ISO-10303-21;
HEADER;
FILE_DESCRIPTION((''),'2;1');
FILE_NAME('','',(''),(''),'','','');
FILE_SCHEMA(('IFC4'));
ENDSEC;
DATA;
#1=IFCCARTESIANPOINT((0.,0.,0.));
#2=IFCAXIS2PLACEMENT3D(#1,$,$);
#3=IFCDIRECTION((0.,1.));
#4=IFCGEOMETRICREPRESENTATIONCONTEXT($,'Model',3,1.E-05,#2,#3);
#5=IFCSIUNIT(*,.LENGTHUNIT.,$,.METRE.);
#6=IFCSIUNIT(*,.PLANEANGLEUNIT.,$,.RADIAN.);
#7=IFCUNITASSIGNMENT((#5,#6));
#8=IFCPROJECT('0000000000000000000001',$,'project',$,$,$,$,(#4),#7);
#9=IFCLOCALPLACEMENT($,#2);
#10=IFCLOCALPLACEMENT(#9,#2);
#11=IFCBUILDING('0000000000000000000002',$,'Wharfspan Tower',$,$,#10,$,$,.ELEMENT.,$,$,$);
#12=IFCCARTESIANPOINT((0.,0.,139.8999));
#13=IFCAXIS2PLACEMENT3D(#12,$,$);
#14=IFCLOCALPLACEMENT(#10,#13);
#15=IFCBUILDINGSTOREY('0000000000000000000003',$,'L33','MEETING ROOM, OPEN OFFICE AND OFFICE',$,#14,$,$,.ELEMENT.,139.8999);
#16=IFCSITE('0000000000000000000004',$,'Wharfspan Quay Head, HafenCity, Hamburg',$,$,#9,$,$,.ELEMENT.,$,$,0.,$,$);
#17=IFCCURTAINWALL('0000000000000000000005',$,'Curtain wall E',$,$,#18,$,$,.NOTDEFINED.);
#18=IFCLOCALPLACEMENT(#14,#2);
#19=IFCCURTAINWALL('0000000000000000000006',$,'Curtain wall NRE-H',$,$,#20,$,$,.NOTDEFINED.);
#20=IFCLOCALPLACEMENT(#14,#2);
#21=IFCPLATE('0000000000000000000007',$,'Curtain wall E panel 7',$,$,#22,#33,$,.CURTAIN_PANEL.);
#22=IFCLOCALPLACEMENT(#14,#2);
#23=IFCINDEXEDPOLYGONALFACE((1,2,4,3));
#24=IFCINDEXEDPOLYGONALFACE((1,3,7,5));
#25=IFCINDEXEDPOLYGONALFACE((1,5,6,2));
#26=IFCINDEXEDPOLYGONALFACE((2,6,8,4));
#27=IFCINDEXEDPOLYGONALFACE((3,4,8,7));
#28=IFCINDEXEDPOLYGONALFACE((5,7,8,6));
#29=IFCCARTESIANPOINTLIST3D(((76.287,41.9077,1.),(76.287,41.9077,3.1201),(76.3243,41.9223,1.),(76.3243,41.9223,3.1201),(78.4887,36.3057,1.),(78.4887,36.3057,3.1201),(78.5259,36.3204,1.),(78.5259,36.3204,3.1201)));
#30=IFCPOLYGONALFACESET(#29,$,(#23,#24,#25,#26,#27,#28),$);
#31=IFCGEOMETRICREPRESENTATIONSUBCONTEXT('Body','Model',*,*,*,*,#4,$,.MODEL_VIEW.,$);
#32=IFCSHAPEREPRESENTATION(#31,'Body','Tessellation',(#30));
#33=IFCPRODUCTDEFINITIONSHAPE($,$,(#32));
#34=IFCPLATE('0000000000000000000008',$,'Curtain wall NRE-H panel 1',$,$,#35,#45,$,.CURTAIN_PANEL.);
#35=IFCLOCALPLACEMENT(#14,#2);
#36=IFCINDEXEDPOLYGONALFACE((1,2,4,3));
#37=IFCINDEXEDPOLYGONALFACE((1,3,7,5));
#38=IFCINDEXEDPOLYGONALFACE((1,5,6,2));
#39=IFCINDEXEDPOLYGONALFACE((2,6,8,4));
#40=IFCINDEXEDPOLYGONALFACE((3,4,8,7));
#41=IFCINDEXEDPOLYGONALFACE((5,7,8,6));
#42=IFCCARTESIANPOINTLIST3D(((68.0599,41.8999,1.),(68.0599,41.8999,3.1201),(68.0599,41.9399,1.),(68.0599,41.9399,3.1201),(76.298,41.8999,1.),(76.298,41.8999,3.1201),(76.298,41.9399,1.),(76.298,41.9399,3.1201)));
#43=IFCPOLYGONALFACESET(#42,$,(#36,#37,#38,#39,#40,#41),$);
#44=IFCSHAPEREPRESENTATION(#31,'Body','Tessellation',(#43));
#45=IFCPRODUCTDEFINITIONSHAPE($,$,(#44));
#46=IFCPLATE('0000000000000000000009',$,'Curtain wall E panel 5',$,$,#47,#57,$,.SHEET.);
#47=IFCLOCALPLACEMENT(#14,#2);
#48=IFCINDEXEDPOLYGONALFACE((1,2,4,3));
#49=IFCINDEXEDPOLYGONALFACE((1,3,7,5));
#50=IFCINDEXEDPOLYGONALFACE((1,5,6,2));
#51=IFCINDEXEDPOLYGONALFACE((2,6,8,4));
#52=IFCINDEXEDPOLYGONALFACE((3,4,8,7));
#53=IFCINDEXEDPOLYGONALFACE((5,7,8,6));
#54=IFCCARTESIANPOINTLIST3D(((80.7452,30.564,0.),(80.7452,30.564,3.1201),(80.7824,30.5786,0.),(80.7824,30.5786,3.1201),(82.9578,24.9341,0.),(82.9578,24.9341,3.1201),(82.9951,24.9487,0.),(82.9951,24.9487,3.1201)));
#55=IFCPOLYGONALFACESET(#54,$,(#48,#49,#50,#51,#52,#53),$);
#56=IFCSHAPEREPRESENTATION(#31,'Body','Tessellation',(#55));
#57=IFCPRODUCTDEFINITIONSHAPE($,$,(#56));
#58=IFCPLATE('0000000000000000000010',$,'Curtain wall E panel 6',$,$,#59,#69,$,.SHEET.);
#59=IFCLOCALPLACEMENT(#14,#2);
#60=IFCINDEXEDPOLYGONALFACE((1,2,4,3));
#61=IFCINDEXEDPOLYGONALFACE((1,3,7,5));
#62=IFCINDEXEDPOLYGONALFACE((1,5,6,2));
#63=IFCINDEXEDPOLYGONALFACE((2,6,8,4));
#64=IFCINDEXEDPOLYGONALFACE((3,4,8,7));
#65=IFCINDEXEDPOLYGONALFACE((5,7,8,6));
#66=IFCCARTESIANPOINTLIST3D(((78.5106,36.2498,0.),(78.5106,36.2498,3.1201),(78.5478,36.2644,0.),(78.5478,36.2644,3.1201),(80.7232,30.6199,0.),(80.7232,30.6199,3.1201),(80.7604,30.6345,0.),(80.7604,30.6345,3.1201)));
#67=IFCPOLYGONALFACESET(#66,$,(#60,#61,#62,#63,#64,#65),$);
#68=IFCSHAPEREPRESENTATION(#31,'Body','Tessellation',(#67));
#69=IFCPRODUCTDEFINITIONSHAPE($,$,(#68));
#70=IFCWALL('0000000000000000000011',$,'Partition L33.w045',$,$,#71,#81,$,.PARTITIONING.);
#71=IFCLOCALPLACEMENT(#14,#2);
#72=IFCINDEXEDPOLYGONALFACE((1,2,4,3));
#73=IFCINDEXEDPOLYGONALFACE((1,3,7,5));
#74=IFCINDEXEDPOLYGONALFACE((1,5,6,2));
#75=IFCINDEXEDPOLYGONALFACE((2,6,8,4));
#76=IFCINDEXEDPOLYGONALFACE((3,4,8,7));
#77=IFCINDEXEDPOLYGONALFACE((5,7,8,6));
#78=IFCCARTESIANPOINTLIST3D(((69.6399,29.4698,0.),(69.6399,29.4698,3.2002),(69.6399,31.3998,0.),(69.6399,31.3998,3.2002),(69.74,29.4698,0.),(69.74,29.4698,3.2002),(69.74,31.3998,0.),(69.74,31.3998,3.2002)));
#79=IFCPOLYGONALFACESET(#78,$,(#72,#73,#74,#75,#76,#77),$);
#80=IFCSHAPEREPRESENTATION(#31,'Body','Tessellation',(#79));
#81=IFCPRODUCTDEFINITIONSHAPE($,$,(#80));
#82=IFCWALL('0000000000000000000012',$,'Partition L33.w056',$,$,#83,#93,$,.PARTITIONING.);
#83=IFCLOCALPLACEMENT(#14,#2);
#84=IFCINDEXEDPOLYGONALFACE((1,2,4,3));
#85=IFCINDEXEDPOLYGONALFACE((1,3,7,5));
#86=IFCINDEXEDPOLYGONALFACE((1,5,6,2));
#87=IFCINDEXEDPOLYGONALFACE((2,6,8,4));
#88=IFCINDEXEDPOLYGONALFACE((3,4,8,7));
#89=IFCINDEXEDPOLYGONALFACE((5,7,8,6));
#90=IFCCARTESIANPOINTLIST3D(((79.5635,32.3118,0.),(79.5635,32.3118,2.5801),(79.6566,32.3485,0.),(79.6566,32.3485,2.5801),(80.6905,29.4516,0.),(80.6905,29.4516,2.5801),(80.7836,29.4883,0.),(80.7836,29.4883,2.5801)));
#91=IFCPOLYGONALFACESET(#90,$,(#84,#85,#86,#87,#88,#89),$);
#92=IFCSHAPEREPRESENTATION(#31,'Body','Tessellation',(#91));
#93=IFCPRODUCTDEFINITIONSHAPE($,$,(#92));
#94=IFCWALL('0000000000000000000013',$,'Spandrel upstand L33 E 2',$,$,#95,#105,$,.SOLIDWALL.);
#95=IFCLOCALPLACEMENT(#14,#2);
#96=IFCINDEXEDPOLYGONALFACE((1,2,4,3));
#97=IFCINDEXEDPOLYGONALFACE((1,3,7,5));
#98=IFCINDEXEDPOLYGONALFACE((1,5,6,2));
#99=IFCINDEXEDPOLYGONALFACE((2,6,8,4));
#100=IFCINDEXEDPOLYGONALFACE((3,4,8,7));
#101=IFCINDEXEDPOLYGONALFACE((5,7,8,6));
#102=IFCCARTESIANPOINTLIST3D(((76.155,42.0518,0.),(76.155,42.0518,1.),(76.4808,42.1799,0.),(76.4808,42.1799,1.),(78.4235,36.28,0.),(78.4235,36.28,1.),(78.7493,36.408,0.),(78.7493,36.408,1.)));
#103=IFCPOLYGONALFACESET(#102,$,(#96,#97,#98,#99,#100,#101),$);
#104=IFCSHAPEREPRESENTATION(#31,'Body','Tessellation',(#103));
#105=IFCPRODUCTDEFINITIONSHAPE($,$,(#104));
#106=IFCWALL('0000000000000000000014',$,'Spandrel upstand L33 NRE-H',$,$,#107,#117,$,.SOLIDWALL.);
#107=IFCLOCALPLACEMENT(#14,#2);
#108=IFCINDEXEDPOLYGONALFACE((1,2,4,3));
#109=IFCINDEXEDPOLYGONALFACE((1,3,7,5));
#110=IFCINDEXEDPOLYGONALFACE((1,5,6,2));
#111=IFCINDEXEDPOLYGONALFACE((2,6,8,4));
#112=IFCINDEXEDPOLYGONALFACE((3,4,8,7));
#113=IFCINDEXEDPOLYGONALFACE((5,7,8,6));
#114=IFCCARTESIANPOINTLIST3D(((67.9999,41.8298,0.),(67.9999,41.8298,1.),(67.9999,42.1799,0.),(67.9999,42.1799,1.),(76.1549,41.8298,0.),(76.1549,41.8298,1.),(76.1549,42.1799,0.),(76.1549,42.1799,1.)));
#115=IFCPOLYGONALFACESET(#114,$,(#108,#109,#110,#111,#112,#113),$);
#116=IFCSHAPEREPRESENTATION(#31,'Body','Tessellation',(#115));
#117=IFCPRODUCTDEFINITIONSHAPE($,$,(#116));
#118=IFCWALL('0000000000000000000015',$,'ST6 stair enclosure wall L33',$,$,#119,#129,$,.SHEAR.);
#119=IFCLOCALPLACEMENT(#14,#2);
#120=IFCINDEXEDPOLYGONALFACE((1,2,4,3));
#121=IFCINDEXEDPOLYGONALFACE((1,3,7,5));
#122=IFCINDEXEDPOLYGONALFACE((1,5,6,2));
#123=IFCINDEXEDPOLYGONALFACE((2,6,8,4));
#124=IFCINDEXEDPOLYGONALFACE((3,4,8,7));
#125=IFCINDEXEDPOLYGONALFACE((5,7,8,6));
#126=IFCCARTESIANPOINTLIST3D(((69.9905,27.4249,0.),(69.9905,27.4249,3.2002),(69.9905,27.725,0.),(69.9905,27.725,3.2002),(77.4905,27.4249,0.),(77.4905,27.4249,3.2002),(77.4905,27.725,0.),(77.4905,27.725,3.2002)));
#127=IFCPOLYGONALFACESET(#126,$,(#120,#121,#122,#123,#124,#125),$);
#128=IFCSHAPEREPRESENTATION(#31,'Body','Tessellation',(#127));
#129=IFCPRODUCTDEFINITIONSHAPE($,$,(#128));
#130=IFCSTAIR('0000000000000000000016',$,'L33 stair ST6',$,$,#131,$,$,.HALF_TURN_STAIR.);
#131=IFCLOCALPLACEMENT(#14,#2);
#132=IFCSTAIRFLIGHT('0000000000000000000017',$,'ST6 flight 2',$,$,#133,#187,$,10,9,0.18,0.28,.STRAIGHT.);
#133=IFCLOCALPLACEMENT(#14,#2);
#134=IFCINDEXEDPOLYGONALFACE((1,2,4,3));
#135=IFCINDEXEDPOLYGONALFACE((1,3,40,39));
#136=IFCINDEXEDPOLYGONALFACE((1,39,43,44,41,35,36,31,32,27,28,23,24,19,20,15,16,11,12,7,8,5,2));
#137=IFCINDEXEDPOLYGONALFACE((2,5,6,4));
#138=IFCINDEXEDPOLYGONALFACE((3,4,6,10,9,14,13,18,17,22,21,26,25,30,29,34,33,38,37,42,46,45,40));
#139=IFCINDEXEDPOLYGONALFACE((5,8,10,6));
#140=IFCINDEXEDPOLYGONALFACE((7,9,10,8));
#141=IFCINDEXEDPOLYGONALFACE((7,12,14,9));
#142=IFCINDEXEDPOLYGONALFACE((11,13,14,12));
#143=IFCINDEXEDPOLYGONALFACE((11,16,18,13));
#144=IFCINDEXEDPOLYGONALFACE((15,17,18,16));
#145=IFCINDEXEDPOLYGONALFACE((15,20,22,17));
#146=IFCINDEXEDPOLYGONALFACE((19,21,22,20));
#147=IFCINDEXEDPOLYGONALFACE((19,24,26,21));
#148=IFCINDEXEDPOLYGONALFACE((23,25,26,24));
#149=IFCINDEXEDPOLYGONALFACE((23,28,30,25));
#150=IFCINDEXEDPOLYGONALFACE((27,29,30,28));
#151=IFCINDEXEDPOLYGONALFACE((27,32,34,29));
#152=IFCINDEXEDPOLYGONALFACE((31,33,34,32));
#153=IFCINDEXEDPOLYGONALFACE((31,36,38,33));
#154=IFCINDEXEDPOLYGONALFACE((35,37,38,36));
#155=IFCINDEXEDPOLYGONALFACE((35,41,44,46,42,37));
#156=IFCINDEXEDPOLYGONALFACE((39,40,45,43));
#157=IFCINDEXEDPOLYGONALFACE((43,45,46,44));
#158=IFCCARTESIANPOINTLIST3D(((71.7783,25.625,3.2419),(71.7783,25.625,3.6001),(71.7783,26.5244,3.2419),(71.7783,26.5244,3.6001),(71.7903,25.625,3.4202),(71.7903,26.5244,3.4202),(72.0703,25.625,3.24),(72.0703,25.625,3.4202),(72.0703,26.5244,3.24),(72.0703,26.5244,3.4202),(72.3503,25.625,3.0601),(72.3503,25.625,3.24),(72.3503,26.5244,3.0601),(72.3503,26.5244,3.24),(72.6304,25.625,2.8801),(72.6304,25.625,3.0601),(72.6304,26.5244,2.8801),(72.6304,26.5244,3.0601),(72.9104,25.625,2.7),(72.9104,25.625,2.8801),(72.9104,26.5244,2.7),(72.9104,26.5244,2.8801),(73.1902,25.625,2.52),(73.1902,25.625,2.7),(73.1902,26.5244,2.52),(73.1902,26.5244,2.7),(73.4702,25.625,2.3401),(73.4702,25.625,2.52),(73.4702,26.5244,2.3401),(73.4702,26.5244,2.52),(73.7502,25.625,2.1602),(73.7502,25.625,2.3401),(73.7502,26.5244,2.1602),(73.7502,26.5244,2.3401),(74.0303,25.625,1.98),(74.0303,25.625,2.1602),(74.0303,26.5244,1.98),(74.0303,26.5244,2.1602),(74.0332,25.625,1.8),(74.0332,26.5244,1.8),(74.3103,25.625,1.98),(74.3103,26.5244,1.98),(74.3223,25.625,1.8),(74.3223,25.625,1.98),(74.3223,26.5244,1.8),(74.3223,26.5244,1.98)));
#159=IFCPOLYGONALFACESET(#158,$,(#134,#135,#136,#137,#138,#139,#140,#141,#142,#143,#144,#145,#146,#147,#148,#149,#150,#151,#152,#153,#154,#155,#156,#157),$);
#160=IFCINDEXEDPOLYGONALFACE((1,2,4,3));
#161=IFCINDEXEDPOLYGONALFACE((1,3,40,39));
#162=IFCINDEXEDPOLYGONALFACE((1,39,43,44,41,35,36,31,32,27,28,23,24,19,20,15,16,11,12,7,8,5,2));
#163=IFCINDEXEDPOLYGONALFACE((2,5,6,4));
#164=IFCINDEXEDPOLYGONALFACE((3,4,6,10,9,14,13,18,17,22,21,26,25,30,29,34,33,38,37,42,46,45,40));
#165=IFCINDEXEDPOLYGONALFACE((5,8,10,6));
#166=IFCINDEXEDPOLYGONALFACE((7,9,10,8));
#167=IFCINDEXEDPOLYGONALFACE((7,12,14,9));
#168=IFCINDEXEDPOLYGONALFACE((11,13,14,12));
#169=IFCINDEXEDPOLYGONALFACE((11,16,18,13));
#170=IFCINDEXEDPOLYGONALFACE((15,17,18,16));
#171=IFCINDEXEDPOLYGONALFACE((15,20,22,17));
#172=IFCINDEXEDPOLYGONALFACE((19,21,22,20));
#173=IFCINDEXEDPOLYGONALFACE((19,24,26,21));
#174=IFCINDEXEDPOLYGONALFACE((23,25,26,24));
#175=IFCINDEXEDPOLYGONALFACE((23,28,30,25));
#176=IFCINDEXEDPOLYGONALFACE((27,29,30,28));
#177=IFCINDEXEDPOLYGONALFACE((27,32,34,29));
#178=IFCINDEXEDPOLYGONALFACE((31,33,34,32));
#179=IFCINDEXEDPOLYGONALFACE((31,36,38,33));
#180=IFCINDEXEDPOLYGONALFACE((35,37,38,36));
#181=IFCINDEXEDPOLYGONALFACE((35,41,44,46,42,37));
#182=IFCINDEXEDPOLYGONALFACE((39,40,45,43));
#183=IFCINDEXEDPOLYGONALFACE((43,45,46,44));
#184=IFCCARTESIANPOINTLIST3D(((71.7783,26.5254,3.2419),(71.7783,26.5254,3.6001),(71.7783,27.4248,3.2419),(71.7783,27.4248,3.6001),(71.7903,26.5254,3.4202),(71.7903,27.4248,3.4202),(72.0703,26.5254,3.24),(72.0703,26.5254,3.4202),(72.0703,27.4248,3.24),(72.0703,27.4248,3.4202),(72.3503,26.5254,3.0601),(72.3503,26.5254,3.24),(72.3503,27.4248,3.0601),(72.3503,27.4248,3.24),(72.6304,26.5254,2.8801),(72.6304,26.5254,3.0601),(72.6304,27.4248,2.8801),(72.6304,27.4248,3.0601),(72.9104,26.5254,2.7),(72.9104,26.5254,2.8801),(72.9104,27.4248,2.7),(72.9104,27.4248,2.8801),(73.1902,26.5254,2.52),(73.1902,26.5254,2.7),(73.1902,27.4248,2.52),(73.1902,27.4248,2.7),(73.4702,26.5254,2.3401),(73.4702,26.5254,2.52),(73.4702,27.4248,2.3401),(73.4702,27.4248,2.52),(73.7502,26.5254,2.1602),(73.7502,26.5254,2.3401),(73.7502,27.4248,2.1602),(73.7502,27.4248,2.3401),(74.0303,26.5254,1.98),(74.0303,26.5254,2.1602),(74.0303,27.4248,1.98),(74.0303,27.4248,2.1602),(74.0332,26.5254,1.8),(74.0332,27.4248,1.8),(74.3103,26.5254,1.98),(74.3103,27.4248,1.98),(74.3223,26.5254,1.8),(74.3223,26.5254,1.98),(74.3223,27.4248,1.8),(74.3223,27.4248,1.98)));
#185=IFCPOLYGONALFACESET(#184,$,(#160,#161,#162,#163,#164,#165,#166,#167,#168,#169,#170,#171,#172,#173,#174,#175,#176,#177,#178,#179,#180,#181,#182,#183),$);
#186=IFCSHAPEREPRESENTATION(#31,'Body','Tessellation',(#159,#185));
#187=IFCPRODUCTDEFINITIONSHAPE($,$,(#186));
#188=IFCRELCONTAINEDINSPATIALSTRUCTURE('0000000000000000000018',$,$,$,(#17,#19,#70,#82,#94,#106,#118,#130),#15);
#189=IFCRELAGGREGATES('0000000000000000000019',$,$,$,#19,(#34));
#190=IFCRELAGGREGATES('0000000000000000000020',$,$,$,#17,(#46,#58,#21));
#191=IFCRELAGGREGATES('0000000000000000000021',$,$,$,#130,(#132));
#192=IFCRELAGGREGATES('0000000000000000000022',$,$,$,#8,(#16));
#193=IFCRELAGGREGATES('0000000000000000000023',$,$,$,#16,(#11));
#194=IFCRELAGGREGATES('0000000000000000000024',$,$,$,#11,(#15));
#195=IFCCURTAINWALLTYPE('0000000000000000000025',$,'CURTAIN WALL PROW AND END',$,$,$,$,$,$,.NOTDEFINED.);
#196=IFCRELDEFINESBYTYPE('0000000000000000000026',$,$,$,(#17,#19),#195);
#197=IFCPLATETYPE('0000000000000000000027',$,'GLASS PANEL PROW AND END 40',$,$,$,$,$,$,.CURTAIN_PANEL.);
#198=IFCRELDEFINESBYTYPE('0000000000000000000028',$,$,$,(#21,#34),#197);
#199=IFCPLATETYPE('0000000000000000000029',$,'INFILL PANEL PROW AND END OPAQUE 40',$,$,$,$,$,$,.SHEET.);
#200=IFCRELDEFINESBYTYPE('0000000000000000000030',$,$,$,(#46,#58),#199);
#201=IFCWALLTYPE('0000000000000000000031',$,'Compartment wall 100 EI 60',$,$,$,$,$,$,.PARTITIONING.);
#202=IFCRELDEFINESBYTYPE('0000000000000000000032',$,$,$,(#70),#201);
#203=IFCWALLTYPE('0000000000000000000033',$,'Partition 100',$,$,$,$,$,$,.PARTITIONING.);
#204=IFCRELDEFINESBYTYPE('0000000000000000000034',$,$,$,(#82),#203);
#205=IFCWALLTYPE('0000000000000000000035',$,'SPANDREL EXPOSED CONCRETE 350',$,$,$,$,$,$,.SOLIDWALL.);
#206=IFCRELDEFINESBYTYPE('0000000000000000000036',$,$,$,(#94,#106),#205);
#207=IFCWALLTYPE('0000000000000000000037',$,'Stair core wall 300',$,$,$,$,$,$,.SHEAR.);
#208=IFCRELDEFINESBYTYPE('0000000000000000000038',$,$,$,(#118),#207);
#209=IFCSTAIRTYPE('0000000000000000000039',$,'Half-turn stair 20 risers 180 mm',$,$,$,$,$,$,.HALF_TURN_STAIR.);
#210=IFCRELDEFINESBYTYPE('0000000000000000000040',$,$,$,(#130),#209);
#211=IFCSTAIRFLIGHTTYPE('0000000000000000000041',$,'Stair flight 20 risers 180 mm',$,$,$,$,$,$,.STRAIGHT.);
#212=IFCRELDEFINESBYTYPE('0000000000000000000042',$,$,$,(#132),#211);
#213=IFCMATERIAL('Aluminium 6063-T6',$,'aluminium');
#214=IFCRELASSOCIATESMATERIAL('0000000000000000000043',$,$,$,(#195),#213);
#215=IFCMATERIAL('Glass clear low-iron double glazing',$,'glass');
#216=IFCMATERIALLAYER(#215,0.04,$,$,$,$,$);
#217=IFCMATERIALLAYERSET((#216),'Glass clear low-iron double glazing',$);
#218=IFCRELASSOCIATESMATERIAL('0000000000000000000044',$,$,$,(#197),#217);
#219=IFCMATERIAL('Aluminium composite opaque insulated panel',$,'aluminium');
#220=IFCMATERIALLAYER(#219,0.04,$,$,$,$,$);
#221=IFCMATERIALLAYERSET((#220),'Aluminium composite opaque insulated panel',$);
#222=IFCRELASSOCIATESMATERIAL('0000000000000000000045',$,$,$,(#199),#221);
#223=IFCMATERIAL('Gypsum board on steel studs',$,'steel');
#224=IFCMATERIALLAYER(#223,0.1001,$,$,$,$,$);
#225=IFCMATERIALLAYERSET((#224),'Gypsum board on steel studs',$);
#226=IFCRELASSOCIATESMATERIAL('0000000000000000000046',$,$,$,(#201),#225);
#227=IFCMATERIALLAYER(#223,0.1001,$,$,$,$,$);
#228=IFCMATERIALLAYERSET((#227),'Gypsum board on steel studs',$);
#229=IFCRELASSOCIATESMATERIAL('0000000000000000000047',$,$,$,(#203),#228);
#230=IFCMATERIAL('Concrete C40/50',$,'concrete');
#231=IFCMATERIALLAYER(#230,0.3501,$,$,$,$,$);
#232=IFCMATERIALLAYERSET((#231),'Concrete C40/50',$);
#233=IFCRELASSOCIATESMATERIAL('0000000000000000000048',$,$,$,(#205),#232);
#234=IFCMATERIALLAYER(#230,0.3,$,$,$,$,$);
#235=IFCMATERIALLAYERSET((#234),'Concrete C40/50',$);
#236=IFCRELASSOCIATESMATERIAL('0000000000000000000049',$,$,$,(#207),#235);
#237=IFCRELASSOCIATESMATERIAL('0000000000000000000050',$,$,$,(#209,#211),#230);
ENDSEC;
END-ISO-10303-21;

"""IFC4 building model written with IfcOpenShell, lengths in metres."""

from ifc_helpers import new_model, si_unit, direction, frame, frame_2d, origin, origin_2d, place, context, subcontext, project, spatial, polyline, rectangle, outline, extrude, material, layer, layer_set, type_object, element, aggregate, save


model = new_model("IFC4")

# Units and contexts
model_context = context("Model", 3, precision=1e-05, world=origin(), true_north=direction((0.0, 1.0)))
body_context = subcontext(model_context, "Body", "Model", "MODEL_VIEW")
ifc_project = project(units=[si_unit("LENGTHUNIT", "METRE"), si_unit("PLANEANGLEUNIT", "RADIAN")], contexts=[model_context])

# Site, building, storey
site_placement = place(None, origin())
site = spatial("IfcSite", under=ifc_project, at=site_placement, Name="Wharfspan Quay Head, HafenCity, Hamburg", CompositionType="ELEMENT", RefElevation=0.0)
building_placement = place(site_placement, origin())
building = spatial("IfcBuilding", under=site, at=building_placement, Name="Wharfspan Tower", CompositionType="ELEMENT")
storey_placement = place(building_placement, frame((0.0, 0.0, 139.8999)))
storey = spatial("IfcBuildingStorey", under=building, at=storey_placement, Name="L33", Description="MEETING ROOM, OPEN OFFICE AND OFFICE", CompositionType="ELEMENT", Elevation=139.8999)

# Curtain wall
ifc_material_1 = material(Name="Aluminium 6063-T6", Category="aluminium")
curtain_wall_type = type_object("IfcCurtainWallType", Name="CURTAIN WALL PROW AND END", PredefinedType="NOTDEFINED", material=ifc_material_1)
curtain_wall_1_placement = place(storey_placement, origin())
curtain_wall_1 = element("IfcCurtainWall", 1, at=curtain_wall_1_placement, inside=storey, type_object=curtain_wall_type, Name="Curtain wall E", PredefinedType="NOTDEFINED")

# Curtain wall
curtain_wall_2_placement = place(storey_placement, origin())
curtain_wall_2 = element("IfcCurtainWall", 2, at=curtain_wall_2_placement, inside=storey, type_object=curtain_wall_type, Name="Curtain wall NRE-H", PredefinedType="NOTDEFINED")

# Plates
ifc_material_2 = material(Name="Glass clear low-iron double glazing", Category="glass")
ifc_layer_1 = layer(ifc_material_2, 0.04)
ifc_layer_set_1 = layer_set([ifc_layer_1], Name="Glass clear low-iron double glazing")
plate_type_1 = type_object("IfcPlateType", Name="GLASS PANEL PROW AND END 40", PredefinedType="CURTAIN_PANEL", material=ifc_layer_set_1)
plate_1_placement = place(storey_placement, frame((77.4065, 39.114, 1.0), z_axis=(0.0, 0.0, 1.0), x_axis=(-0.365778, 0.930702, 0.0)))
plate_1 = element("IfcPlate", 3, at=plate_1_placement, type_object=plate_type_1, Name="Curtain wall E panel 7", PredefinedType="CURTAIN_PANEL", context=body_context, shape_type="SweptSolid", body=[
    extrude(rectangle(XDim=6.019, YDim=0.04, at=origin_2d()), origin(), (0.0, 0.0, 1.0), 2.1201),
])
plate_2_placement = place(storey_placement, frame((72.179, 41.9199, 1.0), z_axis=(0.0, 0.0, 1.0), x_axis=(-1.0, 0.0, 0.0)))
plate_2 = element("IfcPlate", 4, at=plate_2_placement, type_object=plate_type_1, Name="Curtain wall NRE-H panel 1", PredefinedType="CURTAIN_PANEL", context=body_context, shape_type="SweptSolid", body=[
    extrude(rectangle(XDim=8.238, YDim=0.04, at=origin_2d()), origin(), (0.0, 0.0, 1.0), 2.1201),
])
aggregate(curtain_wall_2, [plate_2])
ifc_material_3 = material(Name="Aluminium composite opaque insulated panel", Category="aluminium")
ifc_layer_2 = layer(ifc_material_3, 0.04)
ifc_layer_set_2 = layer_set([ifc_layer_2], Name="Aluminium composite opaque insulated panel")
plate_type_2 = type_object("IfcPlateType", Name="INFILL PANEL PROW AND END OPAQUE 40", PredefinedType="SHEET", material=ifc_layer_set_2)
plate_3_placement = place(storey_placement, frame((81.8701, 27.7563, 0.0), z_axis=(0.0, 0.0, 1.0), x_axis=(-0.365778, 0.930702, 0.0)))
plate_3 = element("IfcPlate", 5, at=plate_3_placement, type_object=plate_type_2, Name="Curtain wall E panel 5", PredefinedType="SHEET", context=body_context, shape_type="SweptSolid", body=[
    extrude(rectangle(XDim=6.0491, YDim=0.04, at=origin_2d()), origin(), (0.0, 0.0, 1.0), 3.1201),
])
plate_4_placement = place(storey_placement, frame((79.6355, 33.4421, 0.0), z_axis=(0.0, 0.0, 1.0), x_axis=(-0.365778, 0.930702, 0.0)))
plate_4 = element("IfcPlate", 6, at=plate_4_placement, type_object=plate_type_2, Name="Curtain wall E panel 6", PredefinedType="SHEET", context=body_context, shape_type="SweptSolid", body=[
    extrude(rectangle(XDim=6.0491, YDim=0.04, at=origin_2d()), origin(), (0.0, 0.0, 1.0), 3.1201),
])
aggregate(curtain_wall_1, [plate_3, plate_4, plate_1])

# Walls
ifc_material_4 = material(Name="Gypsum board on steel studs", Category="steel")
ifc_layer_3 = layer(ifc_material_4, 0.1001)
ifc_layer_set_3 = layer_set([ifc_layer_3], Name="Gypsum board on steel studs")
wall_type_1 = type_object("IfcWallType", Name="Compartment wall 100 EI 60", PredefinedType="PARTITIONING", material=ifc_layer_set_3)
wall_1_placement = place(storey_placement, frame((69.6899, 29.47, 0.0), z_axis=(0.0, 0.0, 1.0), x_axis=(0.0, 1.0, 0.0)))
element("IfcWall", 7, at=wall_1_placement, inside=storey, type_object=wall_type_1, Name="Partition L33.w045", PredefinedType="PARTITIONING", context=body_context, shape_type="SweptSolid", body=[
    extrude(rectangle(XDim=1.9299, YDim=0.1001, at=frame_2d((0.9648, 0.0))), origin(), (0.0, 0.0, 1.0), 3.2002),
])
ifc_layer_4 = layer(ifc_material_4, 0.1001)
ifc_layer_set_4 = layer_set([ifc_layer_4], Name="Gypsum board on steel studs")
wall_type_2 = type_object("IfcWallType", Name="Partition 100", PredefinedType="PARTITIONING", material=ifc_layer_set_4)
wall_2_placement = place(storey_placement, frame((80.7371, 29.47, 0.0), z_axis=(0.0, 0.0, 1.0), x_axis=(-0.366592, 0.930378, 0.0)))
element("IfcWall", 8, at=wall_2_placement, inside=storey, type_object=wall_type_2, Name="Partition L33.w056", PredefinedType="PARTITIONING", context=body_context, shape_type="SweptSolid", body=[
    extrude(rectangle(XDim=3.0742, YDim=0.1001, at=frame_2d((1.5371, 0.0))), origin(), (0.0, 0.0, 1.0), 2.5801),
])
ifc_material_5 = material(Name="Concrete C40/50", Category="concrete")
ifc_layer_5 = layer(ifc_material_5, 0.3501)
ifc_layer_set_5 = layer_set([ifc_layer_5], Name="Concrete C40/50")
wall_type_3 = type_object("IfcWallType", Name="SPANDREL EXPOSED CONCRETE 350", PredefinedType="SOLIDWALL", material=ifc_layer_set_5)
wall_3_placement = place(storey_placement, frame((78.5864, 36.344, 0.0), z_axis=(0.0, 0.0, 1.0), x_axis=(-0.365792, 0.930699, 0.0)))
element("IfcWall", 9, at=wall_3_placement, inside=storey, type_object=wall_type_3, Name="Spandrel upstand L33 E 2", PredefinedType="SOLIDWALL", context=body_context, shape_type="SweptSolid", body=[
    extrude(rectangle(XDim=6.2017, YDim=0.3501, at=frame_2d((3.1008, 0.0))), origin(), (0.0, 0.0, 1.0), 1.0),
])
wall_4_placement = place(storey_placement, frame((76.155, 42.0049, 0.0), z_axis=(0.0, 0.0, 1.0), x_axis=(-1.0, 0.0, 0.0)))
element("IfcWall", 10, at=wall_4_placement, inside=storey, type_object=wall_type_3, Name="Spandrel upstand L33 NRE-H", PredefinedType="SOLIDWALL", context=body_context, shape_type="SweptSolid", body=[
    extrude(rectangle(XDim=8.155, YDim=0.3501, at=frame_2d((4.0776, 0.0))), origin(), (0.0, 0.0, 1.0), 1.0),
])
ifc_layer_6 = layer(ifc_material_5, 0.3)
ifc_layer_set_6 = layer_set([ifc_layer_6], Name="Concrete C40/50")
wall_type_4 = type_object("IfcWallType", Name="Stair core wall 300", PredefinedType="SHEAR", material=ifc_layer_set_6)
wall_5_placement = place(storey_placement, frame((69.9905, 27.575, 0.0), z_axis=(0.0, 0.0, 1.0), x_axis=(1.0, 0.0, 0.0)))
element("IfcWall", 11, at=wall_5_placement, inside=storey, type_object=wall_type_4, Name="ST6 stair enclosure wall L33", PredefinedType="SHEAR", context=body_context, shape_type="SweptSolid", body=[
    extrude(rectangle(XDim=7.5, YDim=0.3, at=frame_2d((3.75, 0.0))), origin(), (0.0, 0.0, 1.0), 3.2002),
])

# Stair, stair flight
stair_type = type_object("IfcStairType", Name="Half-turn stair 20 risers 180 mm", PredefinedType="HALF_TURN_STAIR", material=ifc_material_5)
stair_placement = place(storey_placement, origin())
stair = element("IfcStair", 12, at=stair_placement, inside=storey, type_object=stair_type, Name="L33 stair ST6", PredefinedType="HALF_TURN_STAIR")
stair_flight_type = type_object("IfcStairFlightType", Name="Stair flight 20 risers 180 mm", PredefinedType="STRAIGHT", material=ifc_material_5)
stair_flight_placement = place(storey_placement, frame((74.3103, 26.5249, 1.8), z_axis=(0.0, 0.0, 1.0), x_axis=(-1.0, 0.0, 0.0)))
stair_flight = element("IfcStairFlight", 13, at=stair_flight_placement, type_object=stair_flight_type, Name="ST6 flight 2", NumberOfRisers=10, NumberOfTreads=9, PredefinedType="STRAIGHT", RiserHeight=0.18, TreadLength=0.28, context=body_context, shape_type="SweptSolid", body=[
    extrude(outline(polyline([(-0.012, 0.0), (-0.012, 0.1799), (0.0, 0.1799), (0.28, 0.1799), (0.28, 0.3601), (0.5601, 0.3601), (0.5601, 0.54), (0.8401, 0.54), (0.8401, 0.72), (1.1201, 0.72), (1.1201, 0.8999), (1.3999, 0.8999), (1.3999, 1.0801), (1.6799, 1.0801), (1.6799, 1.26), (1.96, 1.26), (1.96, 1.4399), (2.24, 1.4399), (2.24, 1.6201), (2.52, 1.6201), (2.532, 1.8), (2.532, 1.4419), (0.2771, 0.0), (-0.012, 0.0)])), frame((0.0, 0.8999, 0.0), z_axis=(0.0, -1.0, 0.0), x_axis=(1.0, 0.0, 0.0)), (0.0, 0.0, 1.0), 0.8994),
    extrude(outline(polyline([(-0.012, 0.0), (-0.012, 0.1799), (0.0, 0.1799), (0.28, 0.1799), (0.28, 0.3601), (0.5601, 0.3601), (0.5601, 0.54), (0.8401, 0.54), (0.8401, 0.72), (1.1201, 0.72), (1.1201, 0.8999), (1.3999, 0.8999), (1.3999, 1.0801), (1.6799, 1.0801), (1.6799, 1.26), (1.96, 1.26), (1.96, 1.4399), (2.24, 1.4399), (2.24, 1.6201), (2.52, 1.6201), (2.532, 1.8), (2.532, 1.4419), (0.2771, 0.0), (-0.012, 0.0)])), frame((0.0, -0.0005, 0.0), z_axis=(0.0, -1.0, 0.0), x_axis=(1.0, 0.0, 0.0)), (0.0, 0.0, 1.0), 0.8994),
])
aggregate(stair, [stair_flight])

save(model, "model.ifc")
